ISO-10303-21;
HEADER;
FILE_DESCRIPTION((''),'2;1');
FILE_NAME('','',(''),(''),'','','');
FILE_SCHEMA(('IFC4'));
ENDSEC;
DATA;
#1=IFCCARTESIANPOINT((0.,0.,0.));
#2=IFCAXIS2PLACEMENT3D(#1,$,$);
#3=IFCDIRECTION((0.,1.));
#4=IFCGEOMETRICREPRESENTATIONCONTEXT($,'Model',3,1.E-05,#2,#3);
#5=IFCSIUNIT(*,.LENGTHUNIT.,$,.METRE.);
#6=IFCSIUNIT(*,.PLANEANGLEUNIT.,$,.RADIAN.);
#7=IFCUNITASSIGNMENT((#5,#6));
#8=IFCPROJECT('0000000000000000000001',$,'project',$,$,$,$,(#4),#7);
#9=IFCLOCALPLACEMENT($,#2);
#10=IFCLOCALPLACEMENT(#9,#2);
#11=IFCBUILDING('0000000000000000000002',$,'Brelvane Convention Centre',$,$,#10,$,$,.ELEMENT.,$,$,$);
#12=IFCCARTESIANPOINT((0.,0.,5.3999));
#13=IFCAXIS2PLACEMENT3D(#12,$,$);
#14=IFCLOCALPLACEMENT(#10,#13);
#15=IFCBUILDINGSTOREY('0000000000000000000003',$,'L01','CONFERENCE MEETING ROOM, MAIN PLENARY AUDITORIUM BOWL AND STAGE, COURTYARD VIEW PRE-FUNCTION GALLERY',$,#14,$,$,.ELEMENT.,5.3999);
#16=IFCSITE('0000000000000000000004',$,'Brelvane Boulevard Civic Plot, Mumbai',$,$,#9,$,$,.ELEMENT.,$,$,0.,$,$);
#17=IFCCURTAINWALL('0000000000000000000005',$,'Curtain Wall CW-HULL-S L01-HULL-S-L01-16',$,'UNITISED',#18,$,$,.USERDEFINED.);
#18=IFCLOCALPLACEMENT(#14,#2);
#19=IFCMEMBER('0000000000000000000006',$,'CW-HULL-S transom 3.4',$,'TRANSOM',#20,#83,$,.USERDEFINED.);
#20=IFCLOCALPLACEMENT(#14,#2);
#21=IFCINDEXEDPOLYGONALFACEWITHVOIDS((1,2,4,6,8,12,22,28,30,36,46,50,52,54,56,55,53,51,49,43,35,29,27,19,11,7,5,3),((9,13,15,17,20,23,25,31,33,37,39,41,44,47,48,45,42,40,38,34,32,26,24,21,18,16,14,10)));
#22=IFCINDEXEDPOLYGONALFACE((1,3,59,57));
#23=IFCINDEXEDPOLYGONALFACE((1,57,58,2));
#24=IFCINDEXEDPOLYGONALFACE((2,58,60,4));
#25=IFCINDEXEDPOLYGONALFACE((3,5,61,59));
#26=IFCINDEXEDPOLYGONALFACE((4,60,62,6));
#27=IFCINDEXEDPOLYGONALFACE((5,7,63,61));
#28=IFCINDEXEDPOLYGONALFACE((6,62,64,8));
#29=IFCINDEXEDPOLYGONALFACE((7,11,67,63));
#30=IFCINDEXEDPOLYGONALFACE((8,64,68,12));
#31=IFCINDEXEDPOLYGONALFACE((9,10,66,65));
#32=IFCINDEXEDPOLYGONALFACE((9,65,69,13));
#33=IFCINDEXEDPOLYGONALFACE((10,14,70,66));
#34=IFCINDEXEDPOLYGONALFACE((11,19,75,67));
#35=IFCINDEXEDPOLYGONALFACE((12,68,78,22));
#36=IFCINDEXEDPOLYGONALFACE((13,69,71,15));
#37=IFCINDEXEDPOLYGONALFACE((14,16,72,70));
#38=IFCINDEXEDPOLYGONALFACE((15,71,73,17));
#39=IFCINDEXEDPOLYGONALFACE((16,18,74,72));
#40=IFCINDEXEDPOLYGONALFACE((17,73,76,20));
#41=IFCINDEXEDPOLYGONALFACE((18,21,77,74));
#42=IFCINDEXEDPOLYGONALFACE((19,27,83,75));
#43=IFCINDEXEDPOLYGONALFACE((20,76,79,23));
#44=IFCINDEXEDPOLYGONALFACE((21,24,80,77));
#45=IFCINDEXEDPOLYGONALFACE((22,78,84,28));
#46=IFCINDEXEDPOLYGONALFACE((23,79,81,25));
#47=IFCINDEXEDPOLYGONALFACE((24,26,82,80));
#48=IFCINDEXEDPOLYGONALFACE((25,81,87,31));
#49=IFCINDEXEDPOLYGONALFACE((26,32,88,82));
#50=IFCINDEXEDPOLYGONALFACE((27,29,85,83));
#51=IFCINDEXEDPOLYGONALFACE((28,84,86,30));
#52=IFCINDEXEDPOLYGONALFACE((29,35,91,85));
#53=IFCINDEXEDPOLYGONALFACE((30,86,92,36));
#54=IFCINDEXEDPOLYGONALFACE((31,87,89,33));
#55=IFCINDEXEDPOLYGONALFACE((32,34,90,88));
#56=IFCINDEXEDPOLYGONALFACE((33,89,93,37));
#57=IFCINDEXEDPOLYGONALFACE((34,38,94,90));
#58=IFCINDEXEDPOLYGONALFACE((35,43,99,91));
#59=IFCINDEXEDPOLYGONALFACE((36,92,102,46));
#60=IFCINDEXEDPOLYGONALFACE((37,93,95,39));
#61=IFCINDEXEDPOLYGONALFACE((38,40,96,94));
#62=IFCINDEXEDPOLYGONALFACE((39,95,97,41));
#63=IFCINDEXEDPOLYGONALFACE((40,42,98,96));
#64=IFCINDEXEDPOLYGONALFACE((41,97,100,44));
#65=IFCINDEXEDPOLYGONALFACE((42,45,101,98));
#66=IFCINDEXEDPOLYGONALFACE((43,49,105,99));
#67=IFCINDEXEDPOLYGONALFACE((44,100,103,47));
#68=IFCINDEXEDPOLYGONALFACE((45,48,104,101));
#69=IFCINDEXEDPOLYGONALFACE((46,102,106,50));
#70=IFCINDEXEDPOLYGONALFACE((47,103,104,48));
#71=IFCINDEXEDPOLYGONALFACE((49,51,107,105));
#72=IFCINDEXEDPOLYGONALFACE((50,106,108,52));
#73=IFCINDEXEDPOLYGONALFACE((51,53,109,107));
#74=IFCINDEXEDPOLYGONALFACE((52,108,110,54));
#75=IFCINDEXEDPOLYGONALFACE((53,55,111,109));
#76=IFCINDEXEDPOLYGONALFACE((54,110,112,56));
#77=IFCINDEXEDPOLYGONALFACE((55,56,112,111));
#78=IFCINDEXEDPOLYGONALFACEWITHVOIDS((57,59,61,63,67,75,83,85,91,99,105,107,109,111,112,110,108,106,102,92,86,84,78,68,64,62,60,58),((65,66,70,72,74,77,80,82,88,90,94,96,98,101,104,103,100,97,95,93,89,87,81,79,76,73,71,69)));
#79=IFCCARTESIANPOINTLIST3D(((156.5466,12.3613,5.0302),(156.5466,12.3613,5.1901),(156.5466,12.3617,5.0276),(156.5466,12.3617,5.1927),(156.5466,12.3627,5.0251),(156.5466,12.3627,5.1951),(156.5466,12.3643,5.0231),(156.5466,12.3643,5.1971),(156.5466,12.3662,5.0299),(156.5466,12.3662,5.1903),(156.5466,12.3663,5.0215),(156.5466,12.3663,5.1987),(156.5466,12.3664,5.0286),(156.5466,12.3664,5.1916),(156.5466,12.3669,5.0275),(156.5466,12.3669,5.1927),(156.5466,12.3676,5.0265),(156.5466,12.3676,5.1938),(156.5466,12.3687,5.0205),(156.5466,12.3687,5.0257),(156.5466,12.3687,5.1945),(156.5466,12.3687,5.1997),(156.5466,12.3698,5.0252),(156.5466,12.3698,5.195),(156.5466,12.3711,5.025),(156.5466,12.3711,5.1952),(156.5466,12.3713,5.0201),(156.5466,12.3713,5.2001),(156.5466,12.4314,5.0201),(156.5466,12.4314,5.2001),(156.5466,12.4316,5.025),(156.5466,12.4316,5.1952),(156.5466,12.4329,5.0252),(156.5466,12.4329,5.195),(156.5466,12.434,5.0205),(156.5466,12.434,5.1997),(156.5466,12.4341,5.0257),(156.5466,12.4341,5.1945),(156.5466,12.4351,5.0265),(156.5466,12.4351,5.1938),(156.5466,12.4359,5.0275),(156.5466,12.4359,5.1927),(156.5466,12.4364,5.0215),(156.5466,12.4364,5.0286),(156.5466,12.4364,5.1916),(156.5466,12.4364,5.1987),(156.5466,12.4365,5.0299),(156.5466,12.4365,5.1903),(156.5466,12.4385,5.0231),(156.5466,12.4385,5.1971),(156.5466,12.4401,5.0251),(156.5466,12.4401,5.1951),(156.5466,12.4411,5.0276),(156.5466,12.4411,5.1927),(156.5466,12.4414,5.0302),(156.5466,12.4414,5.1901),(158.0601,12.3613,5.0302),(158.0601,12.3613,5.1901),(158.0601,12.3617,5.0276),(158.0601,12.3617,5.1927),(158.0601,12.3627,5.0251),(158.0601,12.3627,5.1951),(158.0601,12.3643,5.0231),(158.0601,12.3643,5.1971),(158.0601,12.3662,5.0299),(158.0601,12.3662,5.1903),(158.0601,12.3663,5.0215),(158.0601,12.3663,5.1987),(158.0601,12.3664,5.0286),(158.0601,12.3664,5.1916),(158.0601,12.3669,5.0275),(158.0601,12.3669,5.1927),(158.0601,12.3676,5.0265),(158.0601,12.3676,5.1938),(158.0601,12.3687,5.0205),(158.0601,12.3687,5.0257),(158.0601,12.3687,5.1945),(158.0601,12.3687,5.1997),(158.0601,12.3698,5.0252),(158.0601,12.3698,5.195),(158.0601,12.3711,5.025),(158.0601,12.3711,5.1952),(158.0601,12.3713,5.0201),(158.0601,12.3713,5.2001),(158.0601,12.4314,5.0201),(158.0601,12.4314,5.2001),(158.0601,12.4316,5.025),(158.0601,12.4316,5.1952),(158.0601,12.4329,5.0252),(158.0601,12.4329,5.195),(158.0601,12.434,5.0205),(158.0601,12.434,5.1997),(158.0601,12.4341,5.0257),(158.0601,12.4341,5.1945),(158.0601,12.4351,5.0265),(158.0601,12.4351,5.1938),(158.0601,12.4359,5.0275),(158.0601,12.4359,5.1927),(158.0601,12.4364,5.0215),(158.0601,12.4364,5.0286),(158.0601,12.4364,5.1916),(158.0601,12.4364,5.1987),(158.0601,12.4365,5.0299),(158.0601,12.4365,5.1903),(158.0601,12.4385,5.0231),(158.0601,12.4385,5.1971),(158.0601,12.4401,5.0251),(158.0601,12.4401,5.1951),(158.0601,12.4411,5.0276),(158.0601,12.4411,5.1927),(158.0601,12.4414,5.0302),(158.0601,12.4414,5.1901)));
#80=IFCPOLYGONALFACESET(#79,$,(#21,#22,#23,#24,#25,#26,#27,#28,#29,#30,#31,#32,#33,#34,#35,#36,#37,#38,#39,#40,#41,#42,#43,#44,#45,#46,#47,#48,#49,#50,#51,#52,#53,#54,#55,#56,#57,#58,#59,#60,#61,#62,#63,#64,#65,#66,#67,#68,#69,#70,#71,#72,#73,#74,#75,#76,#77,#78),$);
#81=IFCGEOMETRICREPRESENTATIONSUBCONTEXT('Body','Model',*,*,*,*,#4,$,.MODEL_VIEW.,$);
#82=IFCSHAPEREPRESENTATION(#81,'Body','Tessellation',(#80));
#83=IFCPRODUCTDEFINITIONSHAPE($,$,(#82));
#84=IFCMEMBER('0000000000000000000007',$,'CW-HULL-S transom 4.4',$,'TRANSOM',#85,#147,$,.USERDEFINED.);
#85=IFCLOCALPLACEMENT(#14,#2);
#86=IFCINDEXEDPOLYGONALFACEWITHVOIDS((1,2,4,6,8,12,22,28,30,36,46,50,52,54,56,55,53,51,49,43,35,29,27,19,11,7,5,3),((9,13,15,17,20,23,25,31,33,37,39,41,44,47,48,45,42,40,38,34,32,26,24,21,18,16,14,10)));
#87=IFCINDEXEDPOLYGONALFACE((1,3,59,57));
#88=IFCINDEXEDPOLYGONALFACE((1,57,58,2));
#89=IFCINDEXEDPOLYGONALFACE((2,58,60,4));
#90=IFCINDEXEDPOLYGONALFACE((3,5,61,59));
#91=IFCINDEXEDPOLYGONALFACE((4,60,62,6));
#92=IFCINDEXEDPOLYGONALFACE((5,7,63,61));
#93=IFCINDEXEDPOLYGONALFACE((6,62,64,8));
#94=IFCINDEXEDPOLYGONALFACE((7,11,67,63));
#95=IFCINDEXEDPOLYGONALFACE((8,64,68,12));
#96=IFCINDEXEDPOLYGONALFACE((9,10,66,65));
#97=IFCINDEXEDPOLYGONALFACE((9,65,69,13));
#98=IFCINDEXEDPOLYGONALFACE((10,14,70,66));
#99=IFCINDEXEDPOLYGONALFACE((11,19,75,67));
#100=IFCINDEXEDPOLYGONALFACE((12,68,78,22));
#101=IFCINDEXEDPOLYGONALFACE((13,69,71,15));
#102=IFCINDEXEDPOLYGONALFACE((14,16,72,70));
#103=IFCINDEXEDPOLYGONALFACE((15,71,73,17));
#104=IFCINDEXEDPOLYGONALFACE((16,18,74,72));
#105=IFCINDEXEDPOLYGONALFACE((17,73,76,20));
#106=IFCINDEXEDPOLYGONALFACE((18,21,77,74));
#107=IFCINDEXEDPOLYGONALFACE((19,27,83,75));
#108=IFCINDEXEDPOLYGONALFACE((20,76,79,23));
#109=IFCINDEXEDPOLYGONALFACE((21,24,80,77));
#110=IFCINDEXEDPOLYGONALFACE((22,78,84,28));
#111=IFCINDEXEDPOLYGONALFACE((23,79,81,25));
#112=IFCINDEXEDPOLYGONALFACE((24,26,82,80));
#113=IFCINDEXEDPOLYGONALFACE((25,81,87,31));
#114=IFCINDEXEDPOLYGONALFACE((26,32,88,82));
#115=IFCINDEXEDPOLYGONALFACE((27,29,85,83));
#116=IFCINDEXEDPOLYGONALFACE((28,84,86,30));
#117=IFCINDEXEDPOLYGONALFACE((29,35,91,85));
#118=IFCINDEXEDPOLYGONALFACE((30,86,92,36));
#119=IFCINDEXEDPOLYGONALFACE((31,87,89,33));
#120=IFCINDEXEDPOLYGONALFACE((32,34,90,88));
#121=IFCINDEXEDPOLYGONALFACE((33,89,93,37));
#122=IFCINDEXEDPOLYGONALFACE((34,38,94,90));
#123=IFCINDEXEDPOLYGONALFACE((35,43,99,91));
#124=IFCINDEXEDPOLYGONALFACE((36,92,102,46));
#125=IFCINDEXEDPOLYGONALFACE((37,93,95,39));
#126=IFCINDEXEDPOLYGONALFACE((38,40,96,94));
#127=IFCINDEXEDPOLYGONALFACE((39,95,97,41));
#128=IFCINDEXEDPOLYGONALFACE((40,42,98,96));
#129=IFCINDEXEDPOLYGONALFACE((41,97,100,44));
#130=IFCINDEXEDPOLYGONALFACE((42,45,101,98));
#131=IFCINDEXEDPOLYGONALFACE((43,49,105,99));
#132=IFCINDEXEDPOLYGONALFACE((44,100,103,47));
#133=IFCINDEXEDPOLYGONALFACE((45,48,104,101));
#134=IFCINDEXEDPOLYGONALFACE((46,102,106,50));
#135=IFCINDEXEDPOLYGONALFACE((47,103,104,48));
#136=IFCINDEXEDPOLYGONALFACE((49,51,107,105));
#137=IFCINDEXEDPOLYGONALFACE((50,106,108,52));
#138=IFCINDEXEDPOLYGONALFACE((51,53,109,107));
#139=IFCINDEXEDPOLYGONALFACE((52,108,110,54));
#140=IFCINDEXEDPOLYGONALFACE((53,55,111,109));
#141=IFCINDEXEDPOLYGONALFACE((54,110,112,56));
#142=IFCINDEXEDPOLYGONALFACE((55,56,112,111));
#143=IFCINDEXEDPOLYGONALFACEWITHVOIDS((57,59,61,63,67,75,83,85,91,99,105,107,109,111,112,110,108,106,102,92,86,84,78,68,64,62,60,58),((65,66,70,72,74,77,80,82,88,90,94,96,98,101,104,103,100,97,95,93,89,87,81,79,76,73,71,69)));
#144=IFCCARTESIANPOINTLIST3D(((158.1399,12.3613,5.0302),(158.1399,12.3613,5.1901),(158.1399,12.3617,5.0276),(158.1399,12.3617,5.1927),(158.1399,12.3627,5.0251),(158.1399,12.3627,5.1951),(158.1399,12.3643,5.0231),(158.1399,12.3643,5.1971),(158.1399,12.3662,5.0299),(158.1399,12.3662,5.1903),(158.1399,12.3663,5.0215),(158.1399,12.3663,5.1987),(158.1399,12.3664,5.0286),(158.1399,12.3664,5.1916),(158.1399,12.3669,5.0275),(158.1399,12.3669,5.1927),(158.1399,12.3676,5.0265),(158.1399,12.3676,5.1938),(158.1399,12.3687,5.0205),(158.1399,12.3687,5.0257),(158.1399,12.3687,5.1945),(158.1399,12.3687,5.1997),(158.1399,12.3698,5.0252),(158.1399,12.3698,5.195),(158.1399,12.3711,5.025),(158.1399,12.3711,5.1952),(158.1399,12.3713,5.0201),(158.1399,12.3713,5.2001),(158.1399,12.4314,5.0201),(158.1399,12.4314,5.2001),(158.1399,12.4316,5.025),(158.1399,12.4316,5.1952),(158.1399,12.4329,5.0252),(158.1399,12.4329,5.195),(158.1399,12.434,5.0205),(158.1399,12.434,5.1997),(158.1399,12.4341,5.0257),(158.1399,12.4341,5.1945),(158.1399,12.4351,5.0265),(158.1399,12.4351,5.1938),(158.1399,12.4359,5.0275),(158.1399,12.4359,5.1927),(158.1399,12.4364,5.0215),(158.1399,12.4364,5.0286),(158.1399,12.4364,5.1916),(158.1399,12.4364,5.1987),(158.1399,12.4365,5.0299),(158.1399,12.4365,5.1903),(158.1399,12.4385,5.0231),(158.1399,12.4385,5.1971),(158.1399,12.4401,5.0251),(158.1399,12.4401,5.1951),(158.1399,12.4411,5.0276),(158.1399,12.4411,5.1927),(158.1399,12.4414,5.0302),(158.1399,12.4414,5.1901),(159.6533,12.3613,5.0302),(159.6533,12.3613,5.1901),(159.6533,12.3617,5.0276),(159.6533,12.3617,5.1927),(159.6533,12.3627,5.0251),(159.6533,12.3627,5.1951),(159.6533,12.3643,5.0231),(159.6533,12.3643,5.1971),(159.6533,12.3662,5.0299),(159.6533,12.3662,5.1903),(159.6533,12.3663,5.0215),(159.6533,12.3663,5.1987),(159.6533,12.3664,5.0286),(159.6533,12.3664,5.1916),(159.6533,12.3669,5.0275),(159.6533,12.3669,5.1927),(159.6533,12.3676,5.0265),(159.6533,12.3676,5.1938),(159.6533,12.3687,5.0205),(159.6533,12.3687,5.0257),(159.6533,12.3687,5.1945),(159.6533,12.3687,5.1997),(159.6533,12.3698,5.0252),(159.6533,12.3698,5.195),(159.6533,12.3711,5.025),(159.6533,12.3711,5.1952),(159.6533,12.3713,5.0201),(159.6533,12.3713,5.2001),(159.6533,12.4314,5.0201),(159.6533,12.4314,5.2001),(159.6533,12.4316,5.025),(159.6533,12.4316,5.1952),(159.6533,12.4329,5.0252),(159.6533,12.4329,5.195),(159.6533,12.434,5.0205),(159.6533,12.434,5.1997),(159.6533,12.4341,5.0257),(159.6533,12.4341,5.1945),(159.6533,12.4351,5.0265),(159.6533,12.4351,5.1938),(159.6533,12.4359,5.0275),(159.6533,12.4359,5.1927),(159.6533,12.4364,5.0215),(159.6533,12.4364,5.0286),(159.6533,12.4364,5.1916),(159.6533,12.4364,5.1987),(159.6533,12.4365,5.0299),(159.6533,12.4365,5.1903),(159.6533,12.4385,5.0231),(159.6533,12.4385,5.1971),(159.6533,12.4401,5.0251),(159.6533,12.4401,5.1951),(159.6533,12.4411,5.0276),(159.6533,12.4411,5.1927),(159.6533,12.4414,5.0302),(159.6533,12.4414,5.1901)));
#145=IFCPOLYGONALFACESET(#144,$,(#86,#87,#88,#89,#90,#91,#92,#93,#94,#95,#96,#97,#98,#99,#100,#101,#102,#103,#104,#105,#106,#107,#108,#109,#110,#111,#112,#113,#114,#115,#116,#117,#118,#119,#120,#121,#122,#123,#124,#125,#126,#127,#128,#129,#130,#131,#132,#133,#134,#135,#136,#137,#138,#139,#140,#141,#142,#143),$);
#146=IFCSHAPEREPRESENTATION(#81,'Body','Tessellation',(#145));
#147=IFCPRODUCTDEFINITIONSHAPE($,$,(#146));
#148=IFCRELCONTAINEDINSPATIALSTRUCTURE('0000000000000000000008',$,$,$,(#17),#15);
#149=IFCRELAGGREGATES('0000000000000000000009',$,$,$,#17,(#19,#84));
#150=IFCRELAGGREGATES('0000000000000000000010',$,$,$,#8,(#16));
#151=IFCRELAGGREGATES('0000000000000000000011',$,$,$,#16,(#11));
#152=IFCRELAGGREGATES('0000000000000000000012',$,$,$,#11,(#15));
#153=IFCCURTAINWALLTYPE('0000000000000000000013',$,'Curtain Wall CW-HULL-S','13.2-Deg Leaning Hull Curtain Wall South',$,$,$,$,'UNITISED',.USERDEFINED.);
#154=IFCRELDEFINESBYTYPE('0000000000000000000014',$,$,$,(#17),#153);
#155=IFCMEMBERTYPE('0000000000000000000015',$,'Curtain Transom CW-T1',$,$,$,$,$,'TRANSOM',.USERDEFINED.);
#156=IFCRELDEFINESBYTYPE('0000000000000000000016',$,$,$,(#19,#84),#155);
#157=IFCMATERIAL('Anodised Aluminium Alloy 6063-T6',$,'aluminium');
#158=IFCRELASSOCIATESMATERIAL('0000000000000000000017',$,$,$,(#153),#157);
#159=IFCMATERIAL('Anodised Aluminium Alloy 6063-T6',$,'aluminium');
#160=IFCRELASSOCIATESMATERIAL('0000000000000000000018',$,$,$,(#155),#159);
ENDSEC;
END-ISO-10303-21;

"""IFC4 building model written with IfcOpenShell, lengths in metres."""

from ifc_helpers import new_model, si_unit, direction, frame, origin, origin_2d, place, context, subcontext, project, spatial, hollow_rectangle, extrude, material, material_profile, profile_set, type_object, element, aggregate, save


model = new_model("IFC4")

# Units and contexts
model_context = context("Model", 3, precision=1e-05, world=origin(), true_north=direction((0.0, 1.0)))
body_context = subcontext(model_context, "Body", "Model", "MODEL_VIEW")
ifc_project = project(units=[si_unit("LENGTHUNIT", "METRE"), si_unit("PLANEANGLEUNIT", "RADIAN")], contexts=[model_context])

# Site, building, storey
site_placement = place(None, origin())
site = spatial("IfcSite", under=ifc_project, at=site_placement, Name="Brelvane Boulevard Civic Plot, Mumbai", CompositionType="ELEMENT", RefElevation=0.0)
building_placement = place(site_placement, origin())
building = spatial("IfcBuilding", under=site, at=building_placement, Name="Brelvane Convention Centre", CompositionType="ELEMENT")
storey_placement = place(building_placement, frame((0.0, 0.0, 5.3999)))
storey = spatial("IfcBuildingStorey", under=building, at=storey_placement, Name="L01", Description="CONFERENCE MEETING ROOM, MAIN PLENARY AUDITORIUM BOWL AND STAGE, COURTYARD VIEW PRE-FUNCTION GALLERY", CompositionType="ELEMENT", Elevation=5.3999)

# Curtain wall, members
ifc_material_1 = material(Name="Anodised Aluminium Alloy 6063-T6", Category="aluminium")
curtain_wall_type = type_object("IfcCurtainWallType", Name="Curtain Wall CW-HULL-S", Description="13.2-Deg Leaning Hull Curtain Wall South", ElementType="UNITISED", PredefinedType="USERDEFINED", material=ifc_material_1)
curtain_wall_placement = place(storey_placement, origin())
curtain_wall = element("IfcCurtainWall", 1, at=curtain_wall_placement, inside=storey, type_object=curtain_wall_type, Name="Curtain Wall CW-HULL-S L01-HULL-S-L01-16", ObjectType="UNITISED", PredefinedType="USERDEFINED")
ifc_material_2 = material(Name="Anodised Aluminium Alloy 6063-T6", Category="aluminium")
ifc_material_profile_1 = material_profile(ifc_material_2, hollow_rectangle(XDim=0.0801, YDim=0.1799, WallThickness=0.0049, InnerFilletRadius=0.0049, OuterFilletRadius=0.01, at=origin_2d()), Name="ALU-T 180x80x5.0")
ifc_profile_set_1 = profile_set([ifc_material_profile_1], Name="Anodised Aluminium Alloy 6063-T6")
member_type_1 = type_object("IfcMemberType", Name="Curtain Transom CW-T1", ElementType="TRANSOM", PredefinedType="USERDEFINED", material=ifc_profile_set_1)
member_1_placement = place(storey_placement, frame((156.5466, 12.4014, 5.1101), z_axis=(1.0, 0.0, 0.0), x_axis=(0.0, 1.0, 0.0)))
member_1 = element("IfcMember", 2, at=member_1_placement, type_object=member_type_1, Name="CW-HULL-S transom 3.4", ObjectType="TRANSOM", PredefinedType="USERDEFINED", context=body_context, shape_type="SweptSolid", body=[
    extrude(hollow_rectangle(XDim=0.0801, YDim=0.1799, WallThickness=0.0049, InnerFilletRadius=0.0049, OuterFilletRadius=0.01, at=origin_2d()), origin(), (0.0, 0.0, 1.0), 1.5134),
])
member_2_placement = place(storey_placement, frame((158.1399, 12.4014, 5.1101), z_axis=(1.0, 0.0, 0.0), x_axis=(0.0, 1.0, 0.0)))
member_2 = element("IfcMember", 3, at=member_2_placement, type_object=member_type_1, Name="CW-HULL-S transom 4.4", ObjectType="TRANSOM", PredefinedType="USERDEFINED", context=body_context, shape_type="SweptSolid", body=[
    extrude(hollow_rectangle(XDim=0.0801, YDim=0.1799, WallThickness=0.0049, InnerFilletRadius=0.0049, OuterFilletRadius=0.01, at=origin_2d()), origin(), (0.0, 0.0, 1.0), 1.5134),
])

aggregate(curtain_wall, [member_1, member_2])

save(model, "model.ifc")
